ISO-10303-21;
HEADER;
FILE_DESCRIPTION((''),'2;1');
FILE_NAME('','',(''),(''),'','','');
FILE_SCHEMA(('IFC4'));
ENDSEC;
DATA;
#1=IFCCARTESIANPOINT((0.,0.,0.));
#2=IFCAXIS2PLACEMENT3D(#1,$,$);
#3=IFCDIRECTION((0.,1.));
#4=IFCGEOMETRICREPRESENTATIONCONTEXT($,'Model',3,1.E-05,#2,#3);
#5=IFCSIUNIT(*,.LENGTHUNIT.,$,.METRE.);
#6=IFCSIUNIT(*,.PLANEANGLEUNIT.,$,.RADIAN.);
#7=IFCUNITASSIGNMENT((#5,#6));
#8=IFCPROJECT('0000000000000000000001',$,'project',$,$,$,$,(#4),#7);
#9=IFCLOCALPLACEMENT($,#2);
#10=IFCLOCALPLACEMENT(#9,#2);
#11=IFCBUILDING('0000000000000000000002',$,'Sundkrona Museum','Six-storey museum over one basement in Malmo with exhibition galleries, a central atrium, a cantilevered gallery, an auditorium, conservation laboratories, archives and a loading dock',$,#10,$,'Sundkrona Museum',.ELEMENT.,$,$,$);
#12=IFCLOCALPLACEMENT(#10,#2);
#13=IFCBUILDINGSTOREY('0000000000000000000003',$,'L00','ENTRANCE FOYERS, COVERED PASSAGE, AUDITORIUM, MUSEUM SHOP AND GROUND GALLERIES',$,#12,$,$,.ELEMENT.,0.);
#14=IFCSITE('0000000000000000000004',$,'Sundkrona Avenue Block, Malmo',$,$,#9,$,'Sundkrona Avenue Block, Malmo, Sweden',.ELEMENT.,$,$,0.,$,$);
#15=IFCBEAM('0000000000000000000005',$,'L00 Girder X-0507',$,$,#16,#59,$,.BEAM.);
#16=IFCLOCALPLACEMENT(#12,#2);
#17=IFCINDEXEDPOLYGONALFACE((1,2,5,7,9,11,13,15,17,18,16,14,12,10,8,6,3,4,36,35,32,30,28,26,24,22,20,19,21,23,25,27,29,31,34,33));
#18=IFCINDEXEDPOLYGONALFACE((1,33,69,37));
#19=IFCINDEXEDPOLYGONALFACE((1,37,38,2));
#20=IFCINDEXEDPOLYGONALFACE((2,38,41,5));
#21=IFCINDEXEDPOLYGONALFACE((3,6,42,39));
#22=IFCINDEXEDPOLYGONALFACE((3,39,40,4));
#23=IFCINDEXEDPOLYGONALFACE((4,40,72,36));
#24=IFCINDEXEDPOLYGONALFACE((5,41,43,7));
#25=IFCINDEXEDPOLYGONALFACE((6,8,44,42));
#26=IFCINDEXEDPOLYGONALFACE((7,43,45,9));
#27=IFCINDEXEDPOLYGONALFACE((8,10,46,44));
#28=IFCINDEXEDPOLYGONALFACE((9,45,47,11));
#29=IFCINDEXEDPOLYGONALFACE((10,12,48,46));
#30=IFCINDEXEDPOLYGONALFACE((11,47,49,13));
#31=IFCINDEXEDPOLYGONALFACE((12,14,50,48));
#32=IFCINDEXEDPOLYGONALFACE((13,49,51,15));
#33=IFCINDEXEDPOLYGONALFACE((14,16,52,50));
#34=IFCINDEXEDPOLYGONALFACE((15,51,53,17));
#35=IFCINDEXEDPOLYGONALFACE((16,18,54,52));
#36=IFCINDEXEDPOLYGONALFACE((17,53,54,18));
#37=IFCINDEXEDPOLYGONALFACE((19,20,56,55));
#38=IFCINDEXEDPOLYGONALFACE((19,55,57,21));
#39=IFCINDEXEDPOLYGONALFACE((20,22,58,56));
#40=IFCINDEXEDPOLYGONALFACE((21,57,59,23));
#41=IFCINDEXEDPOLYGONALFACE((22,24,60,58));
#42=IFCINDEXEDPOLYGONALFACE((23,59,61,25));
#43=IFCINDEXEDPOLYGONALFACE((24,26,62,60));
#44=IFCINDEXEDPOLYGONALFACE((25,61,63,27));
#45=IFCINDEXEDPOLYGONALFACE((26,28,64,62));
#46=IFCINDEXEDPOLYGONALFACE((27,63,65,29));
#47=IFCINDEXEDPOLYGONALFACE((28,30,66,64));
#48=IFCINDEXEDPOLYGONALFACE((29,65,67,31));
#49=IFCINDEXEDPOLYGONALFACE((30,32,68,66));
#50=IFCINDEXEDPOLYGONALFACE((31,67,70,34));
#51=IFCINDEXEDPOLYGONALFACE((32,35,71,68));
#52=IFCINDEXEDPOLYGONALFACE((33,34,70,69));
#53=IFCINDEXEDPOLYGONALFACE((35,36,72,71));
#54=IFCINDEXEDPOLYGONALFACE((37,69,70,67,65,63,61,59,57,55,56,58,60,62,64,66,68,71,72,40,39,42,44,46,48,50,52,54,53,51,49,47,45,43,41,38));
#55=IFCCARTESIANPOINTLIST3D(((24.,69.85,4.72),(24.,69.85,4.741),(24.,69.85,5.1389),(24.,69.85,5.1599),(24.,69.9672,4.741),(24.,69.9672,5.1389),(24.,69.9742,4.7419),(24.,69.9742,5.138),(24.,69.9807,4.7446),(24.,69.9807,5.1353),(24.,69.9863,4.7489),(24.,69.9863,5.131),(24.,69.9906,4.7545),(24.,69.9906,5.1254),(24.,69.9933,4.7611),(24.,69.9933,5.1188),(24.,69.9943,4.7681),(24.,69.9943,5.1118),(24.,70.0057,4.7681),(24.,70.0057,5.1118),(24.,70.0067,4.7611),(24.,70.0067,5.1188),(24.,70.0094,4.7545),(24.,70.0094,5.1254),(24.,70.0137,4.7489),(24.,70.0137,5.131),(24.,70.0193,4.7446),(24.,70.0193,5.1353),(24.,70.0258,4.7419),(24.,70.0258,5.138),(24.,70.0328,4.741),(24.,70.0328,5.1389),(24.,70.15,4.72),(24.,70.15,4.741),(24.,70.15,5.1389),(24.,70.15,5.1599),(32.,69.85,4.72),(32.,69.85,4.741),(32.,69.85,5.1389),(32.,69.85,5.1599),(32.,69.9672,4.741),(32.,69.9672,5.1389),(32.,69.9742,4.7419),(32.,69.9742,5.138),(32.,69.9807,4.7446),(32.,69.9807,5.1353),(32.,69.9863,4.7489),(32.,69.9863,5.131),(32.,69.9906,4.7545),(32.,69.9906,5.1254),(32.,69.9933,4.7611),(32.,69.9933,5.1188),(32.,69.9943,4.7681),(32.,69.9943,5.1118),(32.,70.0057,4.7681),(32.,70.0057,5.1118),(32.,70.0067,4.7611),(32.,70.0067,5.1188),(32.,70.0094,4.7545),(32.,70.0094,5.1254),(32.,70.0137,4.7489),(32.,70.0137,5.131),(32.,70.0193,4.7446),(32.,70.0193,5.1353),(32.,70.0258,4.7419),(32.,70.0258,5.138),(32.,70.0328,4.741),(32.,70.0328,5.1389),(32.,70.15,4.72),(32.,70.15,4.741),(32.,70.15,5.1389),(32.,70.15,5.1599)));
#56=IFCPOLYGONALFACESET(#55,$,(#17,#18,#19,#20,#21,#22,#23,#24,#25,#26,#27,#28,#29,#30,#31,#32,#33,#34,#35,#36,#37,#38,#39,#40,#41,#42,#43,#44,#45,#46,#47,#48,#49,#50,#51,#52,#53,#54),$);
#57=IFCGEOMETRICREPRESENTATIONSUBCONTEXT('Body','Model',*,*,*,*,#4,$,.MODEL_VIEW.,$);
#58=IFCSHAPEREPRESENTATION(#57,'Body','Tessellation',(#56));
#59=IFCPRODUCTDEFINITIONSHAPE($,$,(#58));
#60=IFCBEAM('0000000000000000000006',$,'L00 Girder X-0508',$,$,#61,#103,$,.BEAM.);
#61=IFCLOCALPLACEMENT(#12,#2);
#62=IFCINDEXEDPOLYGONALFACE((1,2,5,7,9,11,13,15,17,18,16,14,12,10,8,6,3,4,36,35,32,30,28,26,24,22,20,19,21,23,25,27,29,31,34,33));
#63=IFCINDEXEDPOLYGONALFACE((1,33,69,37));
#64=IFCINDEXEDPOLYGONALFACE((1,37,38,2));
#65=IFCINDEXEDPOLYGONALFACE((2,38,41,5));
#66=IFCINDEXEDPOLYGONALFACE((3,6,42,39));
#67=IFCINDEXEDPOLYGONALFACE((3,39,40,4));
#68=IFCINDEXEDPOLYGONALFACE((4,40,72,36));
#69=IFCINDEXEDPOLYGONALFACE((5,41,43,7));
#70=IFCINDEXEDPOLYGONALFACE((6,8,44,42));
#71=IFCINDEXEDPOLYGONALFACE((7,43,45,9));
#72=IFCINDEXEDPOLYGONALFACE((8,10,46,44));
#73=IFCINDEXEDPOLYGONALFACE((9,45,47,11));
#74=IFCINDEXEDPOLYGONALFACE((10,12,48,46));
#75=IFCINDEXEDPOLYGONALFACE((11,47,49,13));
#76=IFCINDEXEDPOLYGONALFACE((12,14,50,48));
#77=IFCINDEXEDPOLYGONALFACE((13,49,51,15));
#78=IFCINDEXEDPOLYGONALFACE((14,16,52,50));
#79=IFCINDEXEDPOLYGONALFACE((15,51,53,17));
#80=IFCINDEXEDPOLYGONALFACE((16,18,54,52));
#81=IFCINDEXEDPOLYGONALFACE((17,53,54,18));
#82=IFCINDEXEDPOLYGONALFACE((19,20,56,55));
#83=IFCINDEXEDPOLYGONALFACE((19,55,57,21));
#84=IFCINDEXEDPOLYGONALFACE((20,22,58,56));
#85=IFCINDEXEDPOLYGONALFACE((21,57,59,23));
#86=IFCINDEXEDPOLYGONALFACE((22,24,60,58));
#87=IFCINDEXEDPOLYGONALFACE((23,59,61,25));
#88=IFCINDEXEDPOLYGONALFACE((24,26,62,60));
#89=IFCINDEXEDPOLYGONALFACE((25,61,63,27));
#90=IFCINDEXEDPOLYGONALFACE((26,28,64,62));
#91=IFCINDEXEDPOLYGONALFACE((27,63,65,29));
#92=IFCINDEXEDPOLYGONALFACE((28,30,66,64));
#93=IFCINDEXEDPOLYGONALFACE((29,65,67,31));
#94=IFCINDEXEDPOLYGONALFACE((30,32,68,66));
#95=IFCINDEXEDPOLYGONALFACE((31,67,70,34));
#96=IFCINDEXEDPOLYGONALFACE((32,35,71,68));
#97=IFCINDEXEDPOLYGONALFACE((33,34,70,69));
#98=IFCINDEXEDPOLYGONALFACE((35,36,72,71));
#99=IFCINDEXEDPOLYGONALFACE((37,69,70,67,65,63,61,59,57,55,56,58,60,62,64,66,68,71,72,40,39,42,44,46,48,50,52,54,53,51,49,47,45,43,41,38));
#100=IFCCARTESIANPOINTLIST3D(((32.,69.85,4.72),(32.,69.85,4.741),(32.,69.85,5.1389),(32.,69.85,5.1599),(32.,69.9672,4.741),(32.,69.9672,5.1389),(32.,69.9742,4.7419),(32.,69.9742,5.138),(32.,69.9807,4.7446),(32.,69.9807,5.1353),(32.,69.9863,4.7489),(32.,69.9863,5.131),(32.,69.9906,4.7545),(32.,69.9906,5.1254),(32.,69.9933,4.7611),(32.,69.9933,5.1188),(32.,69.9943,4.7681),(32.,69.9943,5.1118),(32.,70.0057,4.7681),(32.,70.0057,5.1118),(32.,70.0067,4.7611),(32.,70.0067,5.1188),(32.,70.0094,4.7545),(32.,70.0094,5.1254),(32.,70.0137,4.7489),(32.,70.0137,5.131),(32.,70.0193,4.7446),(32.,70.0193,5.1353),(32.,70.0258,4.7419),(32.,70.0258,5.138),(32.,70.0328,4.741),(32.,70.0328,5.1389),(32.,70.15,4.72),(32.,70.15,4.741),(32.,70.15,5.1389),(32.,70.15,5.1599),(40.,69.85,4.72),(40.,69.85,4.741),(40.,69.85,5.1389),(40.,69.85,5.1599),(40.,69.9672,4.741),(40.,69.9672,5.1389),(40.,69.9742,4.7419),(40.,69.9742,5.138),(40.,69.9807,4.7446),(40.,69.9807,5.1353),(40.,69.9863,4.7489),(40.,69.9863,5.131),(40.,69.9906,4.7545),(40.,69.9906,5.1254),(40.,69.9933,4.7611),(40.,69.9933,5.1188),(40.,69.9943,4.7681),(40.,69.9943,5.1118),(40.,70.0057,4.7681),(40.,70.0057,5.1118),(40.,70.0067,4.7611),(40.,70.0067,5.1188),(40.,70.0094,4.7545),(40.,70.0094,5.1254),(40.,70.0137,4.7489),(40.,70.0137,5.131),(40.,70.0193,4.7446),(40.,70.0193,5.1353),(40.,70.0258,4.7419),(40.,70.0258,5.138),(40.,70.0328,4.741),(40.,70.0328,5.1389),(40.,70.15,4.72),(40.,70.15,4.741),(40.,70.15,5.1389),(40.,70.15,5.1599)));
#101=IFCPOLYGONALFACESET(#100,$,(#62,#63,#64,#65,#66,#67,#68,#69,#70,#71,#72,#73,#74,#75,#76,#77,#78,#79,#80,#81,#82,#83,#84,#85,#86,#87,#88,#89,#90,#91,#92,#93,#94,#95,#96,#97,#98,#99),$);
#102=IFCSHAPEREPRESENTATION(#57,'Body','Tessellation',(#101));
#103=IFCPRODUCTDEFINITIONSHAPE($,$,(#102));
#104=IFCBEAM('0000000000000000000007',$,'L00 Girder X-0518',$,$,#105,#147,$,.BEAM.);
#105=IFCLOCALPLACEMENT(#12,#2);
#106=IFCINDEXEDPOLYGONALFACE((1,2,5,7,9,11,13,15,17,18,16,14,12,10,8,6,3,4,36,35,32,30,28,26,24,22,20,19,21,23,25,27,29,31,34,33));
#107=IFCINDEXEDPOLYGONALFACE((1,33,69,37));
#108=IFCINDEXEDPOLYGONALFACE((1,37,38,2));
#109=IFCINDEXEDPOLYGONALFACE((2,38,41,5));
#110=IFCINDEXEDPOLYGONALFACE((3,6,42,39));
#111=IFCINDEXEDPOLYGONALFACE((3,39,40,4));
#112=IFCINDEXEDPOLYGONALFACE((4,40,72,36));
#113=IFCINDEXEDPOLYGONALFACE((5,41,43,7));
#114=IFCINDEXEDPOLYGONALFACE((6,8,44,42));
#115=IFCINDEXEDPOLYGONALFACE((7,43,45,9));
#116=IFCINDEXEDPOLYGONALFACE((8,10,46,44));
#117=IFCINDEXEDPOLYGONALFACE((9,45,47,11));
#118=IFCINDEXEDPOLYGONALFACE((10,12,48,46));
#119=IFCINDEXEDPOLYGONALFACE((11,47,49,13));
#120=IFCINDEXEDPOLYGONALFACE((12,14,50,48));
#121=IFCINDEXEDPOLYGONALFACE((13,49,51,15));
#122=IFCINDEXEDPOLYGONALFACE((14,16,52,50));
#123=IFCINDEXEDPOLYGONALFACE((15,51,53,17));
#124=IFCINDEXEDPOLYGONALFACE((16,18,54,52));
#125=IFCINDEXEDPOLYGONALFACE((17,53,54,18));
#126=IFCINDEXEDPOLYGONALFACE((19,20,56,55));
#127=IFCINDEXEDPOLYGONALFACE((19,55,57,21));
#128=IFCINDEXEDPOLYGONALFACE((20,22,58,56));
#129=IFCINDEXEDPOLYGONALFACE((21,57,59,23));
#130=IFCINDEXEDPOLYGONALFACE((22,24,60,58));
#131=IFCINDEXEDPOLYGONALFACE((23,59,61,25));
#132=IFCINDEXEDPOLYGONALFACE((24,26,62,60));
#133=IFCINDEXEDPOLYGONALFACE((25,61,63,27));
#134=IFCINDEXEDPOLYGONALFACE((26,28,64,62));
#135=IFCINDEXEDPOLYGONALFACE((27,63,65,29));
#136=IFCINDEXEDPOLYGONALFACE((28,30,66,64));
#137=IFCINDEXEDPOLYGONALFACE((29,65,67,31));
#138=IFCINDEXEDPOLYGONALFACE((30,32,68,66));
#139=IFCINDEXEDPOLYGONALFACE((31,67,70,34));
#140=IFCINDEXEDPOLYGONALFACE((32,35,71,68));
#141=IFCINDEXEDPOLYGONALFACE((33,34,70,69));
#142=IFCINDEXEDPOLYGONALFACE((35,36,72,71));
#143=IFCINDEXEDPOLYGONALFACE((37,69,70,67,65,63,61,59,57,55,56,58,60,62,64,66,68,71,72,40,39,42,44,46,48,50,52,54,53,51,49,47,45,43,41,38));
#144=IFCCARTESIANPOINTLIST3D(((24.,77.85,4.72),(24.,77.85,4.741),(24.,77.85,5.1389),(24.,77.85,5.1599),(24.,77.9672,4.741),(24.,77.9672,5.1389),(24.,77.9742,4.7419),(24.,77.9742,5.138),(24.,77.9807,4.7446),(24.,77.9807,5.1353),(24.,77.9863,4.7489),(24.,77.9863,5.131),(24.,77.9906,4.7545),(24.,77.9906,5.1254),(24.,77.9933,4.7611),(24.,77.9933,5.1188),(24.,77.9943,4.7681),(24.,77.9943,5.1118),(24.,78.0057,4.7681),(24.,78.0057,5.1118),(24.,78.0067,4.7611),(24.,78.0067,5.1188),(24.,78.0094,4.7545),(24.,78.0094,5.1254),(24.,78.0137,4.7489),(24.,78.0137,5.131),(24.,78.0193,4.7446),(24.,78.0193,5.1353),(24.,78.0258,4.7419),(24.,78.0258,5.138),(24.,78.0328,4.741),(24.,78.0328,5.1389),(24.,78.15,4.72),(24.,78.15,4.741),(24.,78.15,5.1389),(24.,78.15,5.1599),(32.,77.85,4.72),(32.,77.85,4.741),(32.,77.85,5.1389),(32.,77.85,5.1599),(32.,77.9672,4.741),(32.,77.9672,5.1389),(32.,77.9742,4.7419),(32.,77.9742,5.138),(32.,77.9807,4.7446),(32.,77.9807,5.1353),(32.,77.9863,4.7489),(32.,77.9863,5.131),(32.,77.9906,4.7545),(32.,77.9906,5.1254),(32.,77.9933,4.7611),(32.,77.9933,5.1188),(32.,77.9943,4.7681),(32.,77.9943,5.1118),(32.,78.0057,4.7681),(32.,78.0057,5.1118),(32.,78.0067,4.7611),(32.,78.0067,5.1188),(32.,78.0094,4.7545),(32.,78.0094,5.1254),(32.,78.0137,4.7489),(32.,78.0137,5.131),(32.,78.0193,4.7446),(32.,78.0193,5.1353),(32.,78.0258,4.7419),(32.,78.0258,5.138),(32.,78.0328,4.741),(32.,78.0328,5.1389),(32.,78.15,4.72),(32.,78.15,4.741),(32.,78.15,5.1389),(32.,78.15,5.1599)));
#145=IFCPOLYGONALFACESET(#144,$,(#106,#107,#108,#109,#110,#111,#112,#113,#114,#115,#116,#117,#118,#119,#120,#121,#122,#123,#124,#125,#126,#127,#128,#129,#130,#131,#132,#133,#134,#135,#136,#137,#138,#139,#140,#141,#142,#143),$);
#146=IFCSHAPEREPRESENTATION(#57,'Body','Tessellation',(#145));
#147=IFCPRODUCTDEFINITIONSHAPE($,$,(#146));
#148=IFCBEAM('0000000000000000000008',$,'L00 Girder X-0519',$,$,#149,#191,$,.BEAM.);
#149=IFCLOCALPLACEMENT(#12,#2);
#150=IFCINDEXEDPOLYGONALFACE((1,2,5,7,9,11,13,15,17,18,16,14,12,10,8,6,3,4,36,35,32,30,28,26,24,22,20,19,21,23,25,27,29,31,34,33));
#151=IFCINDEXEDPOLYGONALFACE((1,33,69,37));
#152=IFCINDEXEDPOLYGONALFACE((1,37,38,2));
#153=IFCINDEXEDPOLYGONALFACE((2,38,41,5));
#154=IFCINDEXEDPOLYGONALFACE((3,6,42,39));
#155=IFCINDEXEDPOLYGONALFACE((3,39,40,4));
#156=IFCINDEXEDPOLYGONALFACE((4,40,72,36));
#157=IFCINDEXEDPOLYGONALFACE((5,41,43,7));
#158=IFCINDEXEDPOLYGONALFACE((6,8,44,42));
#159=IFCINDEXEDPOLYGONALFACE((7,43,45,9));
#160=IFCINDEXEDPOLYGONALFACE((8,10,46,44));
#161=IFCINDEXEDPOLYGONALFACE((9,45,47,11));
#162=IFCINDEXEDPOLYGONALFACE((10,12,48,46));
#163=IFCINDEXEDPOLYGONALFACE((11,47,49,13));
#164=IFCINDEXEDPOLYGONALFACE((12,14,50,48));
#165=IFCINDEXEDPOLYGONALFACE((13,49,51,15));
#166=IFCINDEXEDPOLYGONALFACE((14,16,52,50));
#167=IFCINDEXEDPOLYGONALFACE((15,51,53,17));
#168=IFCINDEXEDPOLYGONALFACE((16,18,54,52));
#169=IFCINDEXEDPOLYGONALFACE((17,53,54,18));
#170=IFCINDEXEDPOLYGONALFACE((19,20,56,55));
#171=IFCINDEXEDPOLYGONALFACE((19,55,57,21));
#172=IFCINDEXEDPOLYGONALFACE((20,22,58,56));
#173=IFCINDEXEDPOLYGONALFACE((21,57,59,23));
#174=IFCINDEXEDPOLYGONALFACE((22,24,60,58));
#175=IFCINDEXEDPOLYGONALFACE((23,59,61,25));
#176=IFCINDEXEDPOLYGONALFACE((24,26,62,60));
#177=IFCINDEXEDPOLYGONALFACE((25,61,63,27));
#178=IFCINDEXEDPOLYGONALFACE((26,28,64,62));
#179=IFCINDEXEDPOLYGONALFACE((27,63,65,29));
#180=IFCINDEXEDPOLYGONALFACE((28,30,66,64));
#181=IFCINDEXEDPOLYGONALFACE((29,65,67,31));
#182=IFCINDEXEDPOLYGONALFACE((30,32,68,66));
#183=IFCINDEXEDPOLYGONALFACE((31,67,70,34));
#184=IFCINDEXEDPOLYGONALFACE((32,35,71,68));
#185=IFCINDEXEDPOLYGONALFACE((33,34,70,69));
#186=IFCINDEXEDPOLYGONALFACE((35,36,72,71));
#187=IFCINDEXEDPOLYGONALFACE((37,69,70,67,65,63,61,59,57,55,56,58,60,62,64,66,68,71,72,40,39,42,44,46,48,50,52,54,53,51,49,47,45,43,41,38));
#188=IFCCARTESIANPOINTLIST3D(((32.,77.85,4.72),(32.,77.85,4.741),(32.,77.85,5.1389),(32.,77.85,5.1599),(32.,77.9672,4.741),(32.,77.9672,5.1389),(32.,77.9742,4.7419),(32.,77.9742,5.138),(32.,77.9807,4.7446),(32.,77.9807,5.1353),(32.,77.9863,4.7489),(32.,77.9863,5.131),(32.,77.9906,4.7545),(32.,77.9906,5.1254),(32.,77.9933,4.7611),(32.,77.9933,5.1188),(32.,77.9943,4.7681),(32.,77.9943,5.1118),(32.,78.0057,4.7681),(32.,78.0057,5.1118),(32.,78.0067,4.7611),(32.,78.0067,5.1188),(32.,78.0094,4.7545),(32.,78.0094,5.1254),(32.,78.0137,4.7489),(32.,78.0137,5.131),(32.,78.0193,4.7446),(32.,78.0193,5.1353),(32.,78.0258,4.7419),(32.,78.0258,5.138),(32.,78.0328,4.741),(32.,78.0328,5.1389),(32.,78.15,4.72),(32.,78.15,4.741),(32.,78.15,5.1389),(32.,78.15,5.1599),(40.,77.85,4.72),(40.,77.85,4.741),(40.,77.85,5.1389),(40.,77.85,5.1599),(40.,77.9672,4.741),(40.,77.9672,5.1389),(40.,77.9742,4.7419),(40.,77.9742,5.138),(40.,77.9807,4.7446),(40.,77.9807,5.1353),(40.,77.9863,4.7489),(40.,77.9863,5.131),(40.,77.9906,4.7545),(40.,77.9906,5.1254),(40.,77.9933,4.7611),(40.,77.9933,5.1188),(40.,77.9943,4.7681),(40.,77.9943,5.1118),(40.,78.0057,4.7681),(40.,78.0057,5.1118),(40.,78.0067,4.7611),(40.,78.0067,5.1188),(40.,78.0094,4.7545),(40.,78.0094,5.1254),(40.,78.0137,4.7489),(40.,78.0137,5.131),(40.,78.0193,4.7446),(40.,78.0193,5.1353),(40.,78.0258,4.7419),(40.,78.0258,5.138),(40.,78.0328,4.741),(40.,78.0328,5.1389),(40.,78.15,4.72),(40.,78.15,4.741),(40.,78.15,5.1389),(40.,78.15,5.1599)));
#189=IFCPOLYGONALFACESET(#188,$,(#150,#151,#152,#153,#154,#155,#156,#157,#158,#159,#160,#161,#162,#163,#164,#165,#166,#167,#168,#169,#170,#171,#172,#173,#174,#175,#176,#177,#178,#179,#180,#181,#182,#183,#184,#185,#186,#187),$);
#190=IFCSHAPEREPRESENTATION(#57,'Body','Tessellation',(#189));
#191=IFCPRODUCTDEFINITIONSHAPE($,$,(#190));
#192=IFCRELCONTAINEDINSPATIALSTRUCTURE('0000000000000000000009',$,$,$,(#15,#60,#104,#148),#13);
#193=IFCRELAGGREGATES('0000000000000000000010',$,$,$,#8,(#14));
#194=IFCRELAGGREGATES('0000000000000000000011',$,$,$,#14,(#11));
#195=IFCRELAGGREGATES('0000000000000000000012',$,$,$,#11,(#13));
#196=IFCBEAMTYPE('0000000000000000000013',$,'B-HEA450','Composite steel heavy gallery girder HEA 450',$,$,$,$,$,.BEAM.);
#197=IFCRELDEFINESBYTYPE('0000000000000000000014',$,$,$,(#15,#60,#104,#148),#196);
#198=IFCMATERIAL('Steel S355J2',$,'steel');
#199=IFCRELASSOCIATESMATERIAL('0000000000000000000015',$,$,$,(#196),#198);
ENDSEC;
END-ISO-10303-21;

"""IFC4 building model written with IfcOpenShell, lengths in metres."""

from ifc_helpers import new_model, si_unit, direction, frame, origin, origin_2d, place, context, subcontext, project, spatial, i_section, extrude, material, material_profile, profile_set, type_object, element, save


model = new_model("IFC4")

# Units and contexts
model_context = context("Model", 3, precision=1e-05, world=origin(), true_north=direction((0.0, 1.0)))
body_context = subcontext(model_context, "Body", "Model", "MODEL_VIEW")
ifc_project = project(units=[si_unit("LENGTHUNIT", "METRE"), si_unit("PLANEANGLEUNIT", "RADIAN")], contexts=[model_context])

# Site, building, storey
site_placement = place(None, origin())
site = spatial("IfcSite", under=ifc_project, at=site_placement, Name="Sundkrona Avenue Block, Malmo", LongName="Sundkrona Avenue Block, Malmo, Sweden", CompositionType="ELEMENT", RefElevation=0.0)
building_placement = place(site_placement, origin())
building = spatial("IfcBuilding", under=site, at=building_placement, Name="Sundkrona Museum", Description="Six-storey museum over one basement in Malmo with exhibition galleries, a central atrium, a cantilevered gallery, an auditorium, conservation laboratories, archives and a loading dock", LongName="Sundkrona Museum", CompositionType="ELEMENT")
storey_placement = place(building_placement, origin())
storey = spatial("IfcBuildingStorey", under=building, at=storey_placement, Name="L00", Description="ENTRANCE FOYERS, COVERED PASSAGE, AUDITORIUM, MUSEUM SHOP AND GROUND GALLERIES", CompositionType="ELEMENT", Elevation=0.0)

# Shared definitions
ifc_material_1 = material(Name="Steel S355J2", Category="steel")

# Beams
ifc_material_profile_1 = material_profile(ifc_material_1, i_section(OverallWidth=0.3, OverallDepth=0.4399, WebThickness=0.0115, FlangeThickness=0.021, FilletRadius=0.0271, at=origin_2d()), Name="HEA 450")
ifc_profile_set_1 = profile_set([ifc_material_profile_1], Name="Steel S355J2")
beam_type_1 = type_object("IfcBeamType", Name="B-HEA450", Description="Composite steel heavy gallery girder HEA 450", PredefinedType="BEAM", material=ifc_profile_set_1)
for number, where, z_axis, x_axis, name in (
    (1, (24.0, 70.0, 4.9399), (1.0, 0.0, 0.0), (0.0, 1.0, 0.0), "L00 Girder X-0507"),
    (2, (32.0, 70.0, 4.9399), (1.0, 0.0, 0.0), (0.0, 1.0, 0.0), "L00 Girder X-0508"),
    (3, (24.0, 78.0, 4.9399), (1.0, 0.0, 0.0), (0.0, 1.0, 0.0), "L00 Girder X-0518"),
    (4, (32.0, 78.0, 4.9399), (1.0, 0.0, 0.0), (0.0, 1.0, 0.0), "L00 Girder X-0519"),
):
    element("IfcBeam", number, at=place(storey_placement, frame(where, z_axis=z_axis, x_axis=x_axis)), inside=storey, type_object=beam_type_1, Name=name, PredefinedType="BEAM", context=body_context, shape_type="SweptSolid", body=[
        extrude(i_section(OverallWidth=0.3, OverallDepth=0.4399, WebThickness=0.0115, FlangeThickness=0.021, FilletRadius=0.0271, at=origin_2d()), origin(), (0.0, 0.0, 1.0), 8.0),
    ])

save(model, "model.ifc")
